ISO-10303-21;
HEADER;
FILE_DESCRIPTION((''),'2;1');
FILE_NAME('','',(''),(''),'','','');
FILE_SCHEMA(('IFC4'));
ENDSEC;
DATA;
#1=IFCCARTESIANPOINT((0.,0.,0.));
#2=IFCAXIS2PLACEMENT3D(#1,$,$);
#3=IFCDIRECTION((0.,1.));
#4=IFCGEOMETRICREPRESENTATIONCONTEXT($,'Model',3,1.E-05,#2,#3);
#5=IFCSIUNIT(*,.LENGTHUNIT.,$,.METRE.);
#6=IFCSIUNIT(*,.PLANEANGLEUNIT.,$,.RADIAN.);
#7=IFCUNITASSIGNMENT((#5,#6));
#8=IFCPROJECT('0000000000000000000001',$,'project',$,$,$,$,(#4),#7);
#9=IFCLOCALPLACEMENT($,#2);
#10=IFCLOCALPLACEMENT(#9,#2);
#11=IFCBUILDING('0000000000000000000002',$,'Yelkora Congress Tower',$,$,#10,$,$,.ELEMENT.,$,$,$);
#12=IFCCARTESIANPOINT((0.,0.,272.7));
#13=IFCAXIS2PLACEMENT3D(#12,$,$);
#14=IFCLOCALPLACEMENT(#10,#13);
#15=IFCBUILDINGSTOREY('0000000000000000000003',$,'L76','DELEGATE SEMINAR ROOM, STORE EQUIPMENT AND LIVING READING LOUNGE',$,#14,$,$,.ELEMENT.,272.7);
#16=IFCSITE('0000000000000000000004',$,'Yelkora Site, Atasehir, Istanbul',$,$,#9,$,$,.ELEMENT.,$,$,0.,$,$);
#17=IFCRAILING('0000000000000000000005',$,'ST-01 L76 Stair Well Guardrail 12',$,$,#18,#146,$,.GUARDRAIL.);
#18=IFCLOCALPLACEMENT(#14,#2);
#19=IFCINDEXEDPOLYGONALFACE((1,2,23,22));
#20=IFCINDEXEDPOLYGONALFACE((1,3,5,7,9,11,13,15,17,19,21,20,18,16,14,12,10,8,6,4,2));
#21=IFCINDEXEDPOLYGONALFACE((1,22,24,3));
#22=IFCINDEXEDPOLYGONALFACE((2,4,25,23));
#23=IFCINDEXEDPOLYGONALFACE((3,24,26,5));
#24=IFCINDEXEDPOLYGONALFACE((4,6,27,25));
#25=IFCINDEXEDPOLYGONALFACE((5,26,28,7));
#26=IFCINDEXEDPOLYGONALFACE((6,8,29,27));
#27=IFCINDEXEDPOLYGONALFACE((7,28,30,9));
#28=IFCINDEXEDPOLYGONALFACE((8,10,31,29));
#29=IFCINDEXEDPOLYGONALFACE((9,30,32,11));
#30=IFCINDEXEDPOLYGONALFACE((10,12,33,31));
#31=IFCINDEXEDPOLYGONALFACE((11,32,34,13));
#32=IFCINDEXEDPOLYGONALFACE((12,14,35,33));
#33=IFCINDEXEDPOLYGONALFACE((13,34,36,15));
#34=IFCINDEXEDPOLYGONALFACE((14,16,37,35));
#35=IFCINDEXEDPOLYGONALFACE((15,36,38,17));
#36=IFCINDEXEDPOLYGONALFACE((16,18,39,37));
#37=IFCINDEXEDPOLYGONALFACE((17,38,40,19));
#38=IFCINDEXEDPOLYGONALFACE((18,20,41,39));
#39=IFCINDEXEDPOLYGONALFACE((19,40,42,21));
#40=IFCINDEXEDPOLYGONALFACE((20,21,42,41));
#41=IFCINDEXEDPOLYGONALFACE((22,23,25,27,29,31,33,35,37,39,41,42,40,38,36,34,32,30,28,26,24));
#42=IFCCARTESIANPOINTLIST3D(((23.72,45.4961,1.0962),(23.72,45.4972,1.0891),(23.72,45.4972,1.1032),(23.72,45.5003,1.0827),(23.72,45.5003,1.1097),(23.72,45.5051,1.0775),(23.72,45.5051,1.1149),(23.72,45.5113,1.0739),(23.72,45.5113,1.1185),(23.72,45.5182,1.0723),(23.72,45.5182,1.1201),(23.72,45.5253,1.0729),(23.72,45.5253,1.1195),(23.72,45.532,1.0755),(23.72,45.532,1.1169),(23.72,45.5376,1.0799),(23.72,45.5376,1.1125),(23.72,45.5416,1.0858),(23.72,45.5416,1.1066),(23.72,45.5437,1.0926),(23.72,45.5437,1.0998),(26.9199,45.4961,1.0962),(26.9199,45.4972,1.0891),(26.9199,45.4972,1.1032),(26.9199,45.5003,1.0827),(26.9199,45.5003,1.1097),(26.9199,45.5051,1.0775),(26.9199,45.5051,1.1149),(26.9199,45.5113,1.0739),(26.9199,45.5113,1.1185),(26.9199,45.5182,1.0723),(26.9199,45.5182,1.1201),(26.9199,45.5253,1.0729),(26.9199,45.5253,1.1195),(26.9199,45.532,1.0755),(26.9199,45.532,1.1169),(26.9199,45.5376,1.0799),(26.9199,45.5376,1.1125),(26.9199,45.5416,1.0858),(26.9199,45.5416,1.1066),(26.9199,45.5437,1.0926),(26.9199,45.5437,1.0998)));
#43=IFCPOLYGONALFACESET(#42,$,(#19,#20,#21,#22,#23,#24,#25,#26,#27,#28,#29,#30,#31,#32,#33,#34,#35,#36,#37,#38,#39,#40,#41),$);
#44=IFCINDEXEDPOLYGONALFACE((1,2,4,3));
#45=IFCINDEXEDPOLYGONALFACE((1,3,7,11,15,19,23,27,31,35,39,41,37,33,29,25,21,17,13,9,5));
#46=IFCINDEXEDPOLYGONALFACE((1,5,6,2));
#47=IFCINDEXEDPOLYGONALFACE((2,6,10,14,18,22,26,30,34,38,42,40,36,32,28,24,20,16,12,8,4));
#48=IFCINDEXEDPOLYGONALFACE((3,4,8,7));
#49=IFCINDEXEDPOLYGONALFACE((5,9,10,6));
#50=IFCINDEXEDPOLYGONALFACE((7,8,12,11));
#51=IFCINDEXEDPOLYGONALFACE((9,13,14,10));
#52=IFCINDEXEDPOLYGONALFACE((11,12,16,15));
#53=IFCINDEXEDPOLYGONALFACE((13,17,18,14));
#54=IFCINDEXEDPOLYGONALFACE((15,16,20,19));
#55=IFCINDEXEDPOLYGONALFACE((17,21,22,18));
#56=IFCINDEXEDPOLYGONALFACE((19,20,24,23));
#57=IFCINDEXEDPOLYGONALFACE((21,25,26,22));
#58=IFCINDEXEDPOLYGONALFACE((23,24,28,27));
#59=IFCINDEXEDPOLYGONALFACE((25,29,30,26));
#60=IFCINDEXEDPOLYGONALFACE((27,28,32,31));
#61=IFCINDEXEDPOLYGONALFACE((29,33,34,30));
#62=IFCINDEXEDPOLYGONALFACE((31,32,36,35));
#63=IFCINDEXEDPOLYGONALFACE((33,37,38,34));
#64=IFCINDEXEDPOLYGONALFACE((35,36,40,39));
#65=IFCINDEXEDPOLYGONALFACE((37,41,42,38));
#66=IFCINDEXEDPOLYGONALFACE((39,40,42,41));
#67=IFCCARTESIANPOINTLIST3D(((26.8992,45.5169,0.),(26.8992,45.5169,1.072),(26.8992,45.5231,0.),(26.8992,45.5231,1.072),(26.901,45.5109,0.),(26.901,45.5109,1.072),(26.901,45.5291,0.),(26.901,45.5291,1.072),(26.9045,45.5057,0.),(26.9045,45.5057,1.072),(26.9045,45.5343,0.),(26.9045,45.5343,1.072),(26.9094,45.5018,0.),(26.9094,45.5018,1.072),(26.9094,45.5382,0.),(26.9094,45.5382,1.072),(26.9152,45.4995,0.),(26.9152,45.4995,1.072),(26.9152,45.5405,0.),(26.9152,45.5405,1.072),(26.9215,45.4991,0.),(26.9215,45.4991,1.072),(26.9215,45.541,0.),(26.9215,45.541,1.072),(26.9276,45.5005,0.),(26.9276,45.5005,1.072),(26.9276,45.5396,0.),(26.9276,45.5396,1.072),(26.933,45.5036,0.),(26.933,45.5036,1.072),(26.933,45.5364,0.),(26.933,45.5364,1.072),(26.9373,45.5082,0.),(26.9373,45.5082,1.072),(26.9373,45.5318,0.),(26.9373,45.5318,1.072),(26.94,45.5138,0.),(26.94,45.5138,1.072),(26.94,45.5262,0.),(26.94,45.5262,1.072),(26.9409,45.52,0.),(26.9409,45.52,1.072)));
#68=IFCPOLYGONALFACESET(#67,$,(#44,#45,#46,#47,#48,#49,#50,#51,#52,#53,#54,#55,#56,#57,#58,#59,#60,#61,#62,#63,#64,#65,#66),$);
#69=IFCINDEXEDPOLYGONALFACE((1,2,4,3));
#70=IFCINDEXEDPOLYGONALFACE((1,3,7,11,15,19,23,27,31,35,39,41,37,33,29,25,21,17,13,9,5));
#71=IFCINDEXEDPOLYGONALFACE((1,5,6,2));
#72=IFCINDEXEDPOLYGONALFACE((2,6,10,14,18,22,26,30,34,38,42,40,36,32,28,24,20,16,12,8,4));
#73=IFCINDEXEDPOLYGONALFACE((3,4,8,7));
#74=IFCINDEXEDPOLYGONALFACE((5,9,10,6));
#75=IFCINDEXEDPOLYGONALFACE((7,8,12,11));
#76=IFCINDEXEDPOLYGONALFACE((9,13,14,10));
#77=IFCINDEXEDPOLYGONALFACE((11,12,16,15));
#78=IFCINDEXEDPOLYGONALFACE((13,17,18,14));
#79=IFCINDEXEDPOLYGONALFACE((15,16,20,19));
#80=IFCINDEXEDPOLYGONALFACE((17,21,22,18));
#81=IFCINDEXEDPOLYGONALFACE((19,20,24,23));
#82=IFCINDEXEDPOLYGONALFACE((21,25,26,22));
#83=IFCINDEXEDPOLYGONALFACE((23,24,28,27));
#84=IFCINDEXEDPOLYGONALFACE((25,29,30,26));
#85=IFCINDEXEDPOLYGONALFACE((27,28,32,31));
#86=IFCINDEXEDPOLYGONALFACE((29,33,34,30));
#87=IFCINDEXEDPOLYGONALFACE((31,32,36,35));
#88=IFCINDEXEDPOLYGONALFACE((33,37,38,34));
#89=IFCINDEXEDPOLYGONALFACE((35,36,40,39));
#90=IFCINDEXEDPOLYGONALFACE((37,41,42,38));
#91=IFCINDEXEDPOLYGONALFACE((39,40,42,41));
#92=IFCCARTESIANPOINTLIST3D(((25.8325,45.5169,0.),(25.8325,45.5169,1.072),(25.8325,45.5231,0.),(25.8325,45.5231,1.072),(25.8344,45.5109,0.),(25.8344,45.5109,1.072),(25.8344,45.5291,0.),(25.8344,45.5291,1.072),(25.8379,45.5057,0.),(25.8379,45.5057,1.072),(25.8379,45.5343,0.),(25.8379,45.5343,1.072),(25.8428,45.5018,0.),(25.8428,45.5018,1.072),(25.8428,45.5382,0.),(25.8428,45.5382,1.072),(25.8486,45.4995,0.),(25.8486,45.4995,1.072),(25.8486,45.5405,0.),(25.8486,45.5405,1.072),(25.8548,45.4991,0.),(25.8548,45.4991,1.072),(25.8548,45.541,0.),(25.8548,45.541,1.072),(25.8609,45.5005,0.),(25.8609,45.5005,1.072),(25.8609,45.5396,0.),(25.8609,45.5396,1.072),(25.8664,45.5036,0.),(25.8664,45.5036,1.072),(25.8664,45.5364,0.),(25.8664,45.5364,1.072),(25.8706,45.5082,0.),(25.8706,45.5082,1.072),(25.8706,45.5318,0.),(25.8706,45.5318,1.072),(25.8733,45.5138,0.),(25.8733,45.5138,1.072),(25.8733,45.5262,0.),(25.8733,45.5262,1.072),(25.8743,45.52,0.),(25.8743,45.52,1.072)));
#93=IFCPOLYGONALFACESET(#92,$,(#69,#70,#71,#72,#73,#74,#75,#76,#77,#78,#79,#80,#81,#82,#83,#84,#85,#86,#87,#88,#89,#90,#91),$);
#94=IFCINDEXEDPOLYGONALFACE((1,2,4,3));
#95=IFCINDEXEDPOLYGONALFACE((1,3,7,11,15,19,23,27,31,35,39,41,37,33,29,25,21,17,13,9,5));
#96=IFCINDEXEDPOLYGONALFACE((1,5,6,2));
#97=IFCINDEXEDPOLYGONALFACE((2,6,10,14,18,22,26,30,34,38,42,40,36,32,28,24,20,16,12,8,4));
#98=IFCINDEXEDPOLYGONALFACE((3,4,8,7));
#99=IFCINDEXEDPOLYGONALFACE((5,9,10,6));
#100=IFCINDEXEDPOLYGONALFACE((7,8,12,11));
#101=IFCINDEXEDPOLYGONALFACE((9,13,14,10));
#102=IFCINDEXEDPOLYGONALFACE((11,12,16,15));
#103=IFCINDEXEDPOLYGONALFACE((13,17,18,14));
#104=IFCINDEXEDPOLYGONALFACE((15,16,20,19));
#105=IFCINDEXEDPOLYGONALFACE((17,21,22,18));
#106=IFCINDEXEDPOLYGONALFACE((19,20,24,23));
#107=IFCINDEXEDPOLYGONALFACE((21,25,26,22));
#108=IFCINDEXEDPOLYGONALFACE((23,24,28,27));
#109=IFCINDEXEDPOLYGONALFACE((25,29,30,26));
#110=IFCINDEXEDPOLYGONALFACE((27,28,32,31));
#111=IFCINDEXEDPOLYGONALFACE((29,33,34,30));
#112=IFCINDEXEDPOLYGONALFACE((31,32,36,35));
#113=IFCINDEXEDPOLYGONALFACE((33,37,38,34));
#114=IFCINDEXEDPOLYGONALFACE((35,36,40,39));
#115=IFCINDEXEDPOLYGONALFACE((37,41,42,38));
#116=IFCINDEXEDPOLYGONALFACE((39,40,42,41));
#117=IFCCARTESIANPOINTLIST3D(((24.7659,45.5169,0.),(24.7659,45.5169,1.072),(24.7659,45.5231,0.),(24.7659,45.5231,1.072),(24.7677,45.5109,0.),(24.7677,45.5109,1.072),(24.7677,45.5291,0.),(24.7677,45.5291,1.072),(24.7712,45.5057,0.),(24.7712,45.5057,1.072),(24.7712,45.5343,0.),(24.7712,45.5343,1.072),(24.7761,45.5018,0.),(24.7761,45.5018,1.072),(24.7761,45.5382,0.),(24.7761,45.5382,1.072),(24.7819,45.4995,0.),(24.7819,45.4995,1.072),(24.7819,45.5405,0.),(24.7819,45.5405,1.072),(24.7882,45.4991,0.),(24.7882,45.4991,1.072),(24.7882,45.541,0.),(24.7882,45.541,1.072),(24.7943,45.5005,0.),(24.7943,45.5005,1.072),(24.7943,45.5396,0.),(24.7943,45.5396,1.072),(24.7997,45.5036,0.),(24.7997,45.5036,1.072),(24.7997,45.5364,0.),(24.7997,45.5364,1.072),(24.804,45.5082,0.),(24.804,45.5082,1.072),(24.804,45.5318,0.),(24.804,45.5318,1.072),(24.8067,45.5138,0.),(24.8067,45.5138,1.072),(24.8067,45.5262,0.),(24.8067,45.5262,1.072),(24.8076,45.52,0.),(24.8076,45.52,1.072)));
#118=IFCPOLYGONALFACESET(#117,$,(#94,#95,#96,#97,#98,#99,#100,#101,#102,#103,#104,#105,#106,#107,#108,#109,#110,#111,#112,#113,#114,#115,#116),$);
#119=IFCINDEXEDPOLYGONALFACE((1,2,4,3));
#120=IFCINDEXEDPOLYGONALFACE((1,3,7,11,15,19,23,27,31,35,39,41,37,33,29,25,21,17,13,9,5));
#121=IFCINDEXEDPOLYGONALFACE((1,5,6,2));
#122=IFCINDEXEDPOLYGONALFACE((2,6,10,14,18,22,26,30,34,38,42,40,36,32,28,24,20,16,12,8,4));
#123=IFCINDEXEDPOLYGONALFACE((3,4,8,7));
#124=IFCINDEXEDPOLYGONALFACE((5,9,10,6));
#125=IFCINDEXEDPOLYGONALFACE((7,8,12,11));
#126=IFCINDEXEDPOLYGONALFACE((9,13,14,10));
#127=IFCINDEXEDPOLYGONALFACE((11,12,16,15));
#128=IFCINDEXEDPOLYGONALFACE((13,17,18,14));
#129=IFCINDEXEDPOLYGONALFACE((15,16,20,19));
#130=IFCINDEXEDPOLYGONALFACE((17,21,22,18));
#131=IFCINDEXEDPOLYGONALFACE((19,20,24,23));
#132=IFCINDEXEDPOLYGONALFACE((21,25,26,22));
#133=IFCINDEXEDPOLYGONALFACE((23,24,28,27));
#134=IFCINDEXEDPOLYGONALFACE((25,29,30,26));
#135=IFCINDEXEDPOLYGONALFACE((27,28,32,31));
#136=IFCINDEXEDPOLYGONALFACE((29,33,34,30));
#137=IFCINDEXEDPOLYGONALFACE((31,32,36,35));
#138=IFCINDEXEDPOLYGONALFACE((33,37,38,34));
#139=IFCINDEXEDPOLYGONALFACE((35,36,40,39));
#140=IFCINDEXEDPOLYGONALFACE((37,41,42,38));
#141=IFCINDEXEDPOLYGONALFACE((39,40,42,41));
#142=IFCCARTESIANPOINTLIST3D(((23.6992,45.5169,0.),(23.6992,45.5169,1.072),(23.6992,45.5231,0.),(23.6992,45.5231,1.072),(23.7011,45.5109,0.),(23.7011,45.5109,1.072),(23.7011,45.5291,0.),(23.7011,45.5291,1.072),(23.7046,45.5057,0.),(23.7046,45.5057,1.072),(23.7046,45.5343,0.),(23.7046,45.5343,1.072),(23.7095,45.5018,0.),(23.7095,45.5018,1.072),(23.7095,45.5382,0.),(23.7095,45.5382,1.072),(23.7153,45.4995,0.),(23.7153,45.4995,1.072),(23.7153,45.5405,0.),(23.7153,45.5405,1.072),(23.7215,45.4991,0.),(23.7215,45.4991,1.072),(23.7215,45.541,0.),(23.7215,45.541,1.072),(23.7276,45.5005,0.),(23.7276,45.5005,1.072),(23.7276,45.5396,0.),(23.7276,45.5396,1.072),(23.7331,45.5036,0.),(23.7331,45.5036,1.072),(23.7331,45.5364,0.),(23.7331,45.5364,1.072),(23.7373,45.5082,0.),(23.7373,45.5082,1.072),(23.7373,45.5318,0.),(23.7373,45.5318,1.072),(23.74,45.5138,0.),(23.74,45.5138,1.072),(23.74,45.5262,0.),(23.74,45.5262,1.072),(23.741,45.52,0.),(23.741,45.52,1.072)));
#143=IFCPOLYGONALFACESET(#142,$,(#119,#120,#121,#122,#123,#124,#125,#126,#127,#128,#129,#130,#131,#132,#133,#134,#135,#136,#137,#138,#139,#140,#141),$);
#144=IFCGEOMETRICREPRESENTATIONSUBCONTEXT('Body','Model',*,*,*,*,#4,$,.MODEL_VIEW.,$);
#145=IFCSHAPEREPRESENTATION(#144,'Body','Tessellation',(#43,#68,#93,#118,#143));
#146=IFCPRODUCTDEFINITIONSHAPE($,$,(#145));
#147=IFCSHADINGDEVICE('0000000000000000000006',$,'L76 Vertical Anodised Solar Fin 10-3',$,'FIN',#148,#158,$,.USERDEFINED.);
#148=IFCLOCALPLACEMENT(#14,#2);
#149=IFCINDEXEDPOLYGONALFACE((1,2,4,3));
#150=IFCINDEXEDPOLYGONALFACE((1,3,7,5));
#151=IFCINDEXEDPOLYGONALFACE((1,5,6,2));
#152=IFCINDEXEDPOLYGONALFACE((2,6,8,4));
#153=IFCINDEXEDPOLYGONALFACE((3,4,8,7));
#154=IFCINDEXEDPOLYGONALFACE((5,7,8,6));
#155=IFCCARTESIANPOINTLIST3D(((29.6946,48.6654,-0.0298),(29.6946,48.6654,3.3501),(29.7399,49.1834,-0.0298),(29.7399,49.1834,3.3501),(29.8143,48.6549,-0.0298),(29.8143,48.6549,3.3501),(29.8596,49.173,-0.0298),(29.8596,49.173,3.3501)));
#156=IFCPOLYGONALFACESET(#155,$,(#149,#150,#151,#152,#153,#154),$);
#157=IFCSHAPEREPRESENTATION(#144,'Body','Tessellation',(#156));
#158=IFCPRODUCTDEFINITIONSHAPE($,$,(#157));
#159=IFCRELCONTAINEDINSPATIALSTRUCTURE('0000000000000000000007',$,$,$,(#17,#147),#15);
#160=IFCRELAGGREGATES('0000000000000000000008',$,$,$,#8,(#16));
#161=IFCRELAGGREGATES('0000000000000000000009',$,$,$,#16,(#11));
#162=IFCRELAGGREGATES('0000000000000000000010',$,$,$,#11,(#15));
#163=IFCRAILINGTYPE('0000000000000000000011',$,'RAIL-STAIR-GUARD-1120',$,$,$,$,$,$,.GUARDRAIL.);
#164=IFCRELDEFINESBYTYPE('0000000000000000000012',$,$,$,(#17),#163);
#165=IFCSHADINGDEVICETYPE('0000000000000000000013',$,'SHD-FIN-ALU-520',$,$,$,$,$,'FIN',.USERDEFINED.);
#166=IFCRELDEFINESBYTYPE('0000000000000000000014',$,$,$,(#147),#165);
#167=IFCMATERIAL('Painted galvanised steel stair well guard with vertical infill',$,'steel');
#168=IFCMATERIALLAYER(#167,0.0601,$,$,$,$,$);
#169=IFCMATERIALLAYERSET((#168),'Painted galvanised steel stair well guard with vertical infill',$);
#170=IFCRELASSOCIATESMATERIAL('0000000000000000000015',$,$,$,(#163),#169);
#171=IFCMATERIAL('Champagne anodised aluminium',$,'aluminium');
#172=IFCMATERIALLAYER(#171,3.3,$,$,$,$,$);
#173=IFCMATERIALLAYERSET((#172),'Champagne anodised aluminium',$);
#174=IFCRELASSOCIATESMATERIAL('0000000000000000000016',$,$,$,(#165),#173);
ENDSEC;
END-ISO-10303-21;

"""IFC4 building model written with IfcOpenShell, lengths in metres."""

from ifc_helpers import new_model, si_unit, direction, frame, origin, origin_2d, place, context, subcontext, project, spatial, rectangle, circle, extrude, material, layer, layer_set, type_object, element, save


model = new_model("IFC4")

# Units and contexts
model_context = context("Model", 3, precision=1e-05, world=origin(), true_north=direction((0.0, 1.0)))
body_context = subcontext(model_context, "Body", "Model", "MODEL_VIEW")
ifc_project = project(units=[si_unit("LENGTHUNIT", "METRE"), si_unit("PLANEANGLEUNIT", "RADIAN")], contexts=[model_context])

# Site, building, storey
site_placement = place(None, origin())
site = spatial("IfcSite", under=ifc_project, at=site_placement, Name="Yelkora Site, Atasehir, Istanbul", CompositionType="ELEMENT", RefElevation=0.0)
building_placement = place(site_placement, origin())
building = spatial("IfcBuilding", under=site, at=building_placement, Name="Yelkora Congress Tower", CompositionType="ELEMENT")
storey_placement = place(building_placement, frame((0.0, 0.0, 272.7)))
storey = spatial("IfcBuildingStorey", under=building, at=storey_placement, Name="L76", Description="DELEGATE SEMINAR ROOM, STORE EQUIPMENT AND LIVING READING LOUNGE", CompositionType="ELEMENT", Elevation=272.7)

# Railing
ifc_material_1 = material(Name="Painted galvanised steel stair well guard with vertical infill", Category="steel")
ifc_layer_1 = layer(ifc_material_1, 0.0601)
ifc_layer_set_1 = layer_set([ifc_layer_1], Name="Painted galvanised steel stair well guard with vertical infill")
railing_type = type_object("IfcRailingType", Name="RAIL-STAIR-GUARD-1120", PredefinedType="GUARDRAIL", material=ifc_layer_set_1)
railing_1_placement = place(storey_placement, frame((26.9199, 45.52, 0.0)))
element("IfcRailing", 1, at=railing_1_placement, inside=storey, type_object=railing_type, Name="ST-01 L76 Stair Well Guardrail 12", PredefinedType="GUARDRAIL", context=body_context, shape_type="SweptSolid", body=[
    extrude(circle(Radius=0.0239, at=origin_2d()), frame((0.0, 0.0, 1.0962), z_axis=(-1.0, 0.0, 0.0), x_axis=(0.0, -1.0, 0.0)), (0.0, 0.0, 1.0), 3.2),
    extrude(circle(Radius=0.021, at=origin_2d()), origin(), (0.0, 0.0, 1.0), 1.072),
    extrude(circle(Radius=0.021, at=origin_2d()), frame((-1.0667, 0.0, 0.0)), (0.0, 0.0, 1.0), 1.072),
    extrude(circle(Radius=0.021, at=origin_2d()), frame((-2.1333, 0.0, 0.0)), (0.0, 0.0, 1.0), 1.072),
    extrude(circle(Radius=0.021, at=origin_2d()), frame((-3.2, 0.0, 0.0)), (0.0, 0.0, 1.0), 1.072),
])

# Shading device
ifc_material_2 = material(Name="Champagne anodised aluminium", Category="aluminium")
ifc_layer_2 = layer(ifc_material_2, 3.3)
ifc_layer_set_2 = layer_set([ifc_layer_2], Name="Champagne anodised aluminium")
shading_device_type = type_object("IfcShadingDeviceType", Name="SHD-FIN-ALU-520", ElementType="FIN", PredefinedType="USERDEFINED", material=ifc_layer_set_2)
shading_device_placement = place(storey_placement, frame((29.7771, 48.9192, -0.0298), z_axis=(0.0, 0.0, 1.0), x_axis=(0.996195, -0.087156, 0.0)))
element("IfcShadingDevice", 2, at=shading_device_placement, inside=storey, type_object=shading_device_type, Name="L76 Vertical Anodised Solar Fin 10-3", ObjectType="FIN", PredefinedType="USERDEFINED", context=body_context, shape_type="SweptSolid", body=[
    extrude(rectangle(XDim=0.1201, YDim=0.52, at=origin_2d()), origin(), (0.0, 0.0, 1.0), 3.3799),
])

save(model, "model.ifc")
